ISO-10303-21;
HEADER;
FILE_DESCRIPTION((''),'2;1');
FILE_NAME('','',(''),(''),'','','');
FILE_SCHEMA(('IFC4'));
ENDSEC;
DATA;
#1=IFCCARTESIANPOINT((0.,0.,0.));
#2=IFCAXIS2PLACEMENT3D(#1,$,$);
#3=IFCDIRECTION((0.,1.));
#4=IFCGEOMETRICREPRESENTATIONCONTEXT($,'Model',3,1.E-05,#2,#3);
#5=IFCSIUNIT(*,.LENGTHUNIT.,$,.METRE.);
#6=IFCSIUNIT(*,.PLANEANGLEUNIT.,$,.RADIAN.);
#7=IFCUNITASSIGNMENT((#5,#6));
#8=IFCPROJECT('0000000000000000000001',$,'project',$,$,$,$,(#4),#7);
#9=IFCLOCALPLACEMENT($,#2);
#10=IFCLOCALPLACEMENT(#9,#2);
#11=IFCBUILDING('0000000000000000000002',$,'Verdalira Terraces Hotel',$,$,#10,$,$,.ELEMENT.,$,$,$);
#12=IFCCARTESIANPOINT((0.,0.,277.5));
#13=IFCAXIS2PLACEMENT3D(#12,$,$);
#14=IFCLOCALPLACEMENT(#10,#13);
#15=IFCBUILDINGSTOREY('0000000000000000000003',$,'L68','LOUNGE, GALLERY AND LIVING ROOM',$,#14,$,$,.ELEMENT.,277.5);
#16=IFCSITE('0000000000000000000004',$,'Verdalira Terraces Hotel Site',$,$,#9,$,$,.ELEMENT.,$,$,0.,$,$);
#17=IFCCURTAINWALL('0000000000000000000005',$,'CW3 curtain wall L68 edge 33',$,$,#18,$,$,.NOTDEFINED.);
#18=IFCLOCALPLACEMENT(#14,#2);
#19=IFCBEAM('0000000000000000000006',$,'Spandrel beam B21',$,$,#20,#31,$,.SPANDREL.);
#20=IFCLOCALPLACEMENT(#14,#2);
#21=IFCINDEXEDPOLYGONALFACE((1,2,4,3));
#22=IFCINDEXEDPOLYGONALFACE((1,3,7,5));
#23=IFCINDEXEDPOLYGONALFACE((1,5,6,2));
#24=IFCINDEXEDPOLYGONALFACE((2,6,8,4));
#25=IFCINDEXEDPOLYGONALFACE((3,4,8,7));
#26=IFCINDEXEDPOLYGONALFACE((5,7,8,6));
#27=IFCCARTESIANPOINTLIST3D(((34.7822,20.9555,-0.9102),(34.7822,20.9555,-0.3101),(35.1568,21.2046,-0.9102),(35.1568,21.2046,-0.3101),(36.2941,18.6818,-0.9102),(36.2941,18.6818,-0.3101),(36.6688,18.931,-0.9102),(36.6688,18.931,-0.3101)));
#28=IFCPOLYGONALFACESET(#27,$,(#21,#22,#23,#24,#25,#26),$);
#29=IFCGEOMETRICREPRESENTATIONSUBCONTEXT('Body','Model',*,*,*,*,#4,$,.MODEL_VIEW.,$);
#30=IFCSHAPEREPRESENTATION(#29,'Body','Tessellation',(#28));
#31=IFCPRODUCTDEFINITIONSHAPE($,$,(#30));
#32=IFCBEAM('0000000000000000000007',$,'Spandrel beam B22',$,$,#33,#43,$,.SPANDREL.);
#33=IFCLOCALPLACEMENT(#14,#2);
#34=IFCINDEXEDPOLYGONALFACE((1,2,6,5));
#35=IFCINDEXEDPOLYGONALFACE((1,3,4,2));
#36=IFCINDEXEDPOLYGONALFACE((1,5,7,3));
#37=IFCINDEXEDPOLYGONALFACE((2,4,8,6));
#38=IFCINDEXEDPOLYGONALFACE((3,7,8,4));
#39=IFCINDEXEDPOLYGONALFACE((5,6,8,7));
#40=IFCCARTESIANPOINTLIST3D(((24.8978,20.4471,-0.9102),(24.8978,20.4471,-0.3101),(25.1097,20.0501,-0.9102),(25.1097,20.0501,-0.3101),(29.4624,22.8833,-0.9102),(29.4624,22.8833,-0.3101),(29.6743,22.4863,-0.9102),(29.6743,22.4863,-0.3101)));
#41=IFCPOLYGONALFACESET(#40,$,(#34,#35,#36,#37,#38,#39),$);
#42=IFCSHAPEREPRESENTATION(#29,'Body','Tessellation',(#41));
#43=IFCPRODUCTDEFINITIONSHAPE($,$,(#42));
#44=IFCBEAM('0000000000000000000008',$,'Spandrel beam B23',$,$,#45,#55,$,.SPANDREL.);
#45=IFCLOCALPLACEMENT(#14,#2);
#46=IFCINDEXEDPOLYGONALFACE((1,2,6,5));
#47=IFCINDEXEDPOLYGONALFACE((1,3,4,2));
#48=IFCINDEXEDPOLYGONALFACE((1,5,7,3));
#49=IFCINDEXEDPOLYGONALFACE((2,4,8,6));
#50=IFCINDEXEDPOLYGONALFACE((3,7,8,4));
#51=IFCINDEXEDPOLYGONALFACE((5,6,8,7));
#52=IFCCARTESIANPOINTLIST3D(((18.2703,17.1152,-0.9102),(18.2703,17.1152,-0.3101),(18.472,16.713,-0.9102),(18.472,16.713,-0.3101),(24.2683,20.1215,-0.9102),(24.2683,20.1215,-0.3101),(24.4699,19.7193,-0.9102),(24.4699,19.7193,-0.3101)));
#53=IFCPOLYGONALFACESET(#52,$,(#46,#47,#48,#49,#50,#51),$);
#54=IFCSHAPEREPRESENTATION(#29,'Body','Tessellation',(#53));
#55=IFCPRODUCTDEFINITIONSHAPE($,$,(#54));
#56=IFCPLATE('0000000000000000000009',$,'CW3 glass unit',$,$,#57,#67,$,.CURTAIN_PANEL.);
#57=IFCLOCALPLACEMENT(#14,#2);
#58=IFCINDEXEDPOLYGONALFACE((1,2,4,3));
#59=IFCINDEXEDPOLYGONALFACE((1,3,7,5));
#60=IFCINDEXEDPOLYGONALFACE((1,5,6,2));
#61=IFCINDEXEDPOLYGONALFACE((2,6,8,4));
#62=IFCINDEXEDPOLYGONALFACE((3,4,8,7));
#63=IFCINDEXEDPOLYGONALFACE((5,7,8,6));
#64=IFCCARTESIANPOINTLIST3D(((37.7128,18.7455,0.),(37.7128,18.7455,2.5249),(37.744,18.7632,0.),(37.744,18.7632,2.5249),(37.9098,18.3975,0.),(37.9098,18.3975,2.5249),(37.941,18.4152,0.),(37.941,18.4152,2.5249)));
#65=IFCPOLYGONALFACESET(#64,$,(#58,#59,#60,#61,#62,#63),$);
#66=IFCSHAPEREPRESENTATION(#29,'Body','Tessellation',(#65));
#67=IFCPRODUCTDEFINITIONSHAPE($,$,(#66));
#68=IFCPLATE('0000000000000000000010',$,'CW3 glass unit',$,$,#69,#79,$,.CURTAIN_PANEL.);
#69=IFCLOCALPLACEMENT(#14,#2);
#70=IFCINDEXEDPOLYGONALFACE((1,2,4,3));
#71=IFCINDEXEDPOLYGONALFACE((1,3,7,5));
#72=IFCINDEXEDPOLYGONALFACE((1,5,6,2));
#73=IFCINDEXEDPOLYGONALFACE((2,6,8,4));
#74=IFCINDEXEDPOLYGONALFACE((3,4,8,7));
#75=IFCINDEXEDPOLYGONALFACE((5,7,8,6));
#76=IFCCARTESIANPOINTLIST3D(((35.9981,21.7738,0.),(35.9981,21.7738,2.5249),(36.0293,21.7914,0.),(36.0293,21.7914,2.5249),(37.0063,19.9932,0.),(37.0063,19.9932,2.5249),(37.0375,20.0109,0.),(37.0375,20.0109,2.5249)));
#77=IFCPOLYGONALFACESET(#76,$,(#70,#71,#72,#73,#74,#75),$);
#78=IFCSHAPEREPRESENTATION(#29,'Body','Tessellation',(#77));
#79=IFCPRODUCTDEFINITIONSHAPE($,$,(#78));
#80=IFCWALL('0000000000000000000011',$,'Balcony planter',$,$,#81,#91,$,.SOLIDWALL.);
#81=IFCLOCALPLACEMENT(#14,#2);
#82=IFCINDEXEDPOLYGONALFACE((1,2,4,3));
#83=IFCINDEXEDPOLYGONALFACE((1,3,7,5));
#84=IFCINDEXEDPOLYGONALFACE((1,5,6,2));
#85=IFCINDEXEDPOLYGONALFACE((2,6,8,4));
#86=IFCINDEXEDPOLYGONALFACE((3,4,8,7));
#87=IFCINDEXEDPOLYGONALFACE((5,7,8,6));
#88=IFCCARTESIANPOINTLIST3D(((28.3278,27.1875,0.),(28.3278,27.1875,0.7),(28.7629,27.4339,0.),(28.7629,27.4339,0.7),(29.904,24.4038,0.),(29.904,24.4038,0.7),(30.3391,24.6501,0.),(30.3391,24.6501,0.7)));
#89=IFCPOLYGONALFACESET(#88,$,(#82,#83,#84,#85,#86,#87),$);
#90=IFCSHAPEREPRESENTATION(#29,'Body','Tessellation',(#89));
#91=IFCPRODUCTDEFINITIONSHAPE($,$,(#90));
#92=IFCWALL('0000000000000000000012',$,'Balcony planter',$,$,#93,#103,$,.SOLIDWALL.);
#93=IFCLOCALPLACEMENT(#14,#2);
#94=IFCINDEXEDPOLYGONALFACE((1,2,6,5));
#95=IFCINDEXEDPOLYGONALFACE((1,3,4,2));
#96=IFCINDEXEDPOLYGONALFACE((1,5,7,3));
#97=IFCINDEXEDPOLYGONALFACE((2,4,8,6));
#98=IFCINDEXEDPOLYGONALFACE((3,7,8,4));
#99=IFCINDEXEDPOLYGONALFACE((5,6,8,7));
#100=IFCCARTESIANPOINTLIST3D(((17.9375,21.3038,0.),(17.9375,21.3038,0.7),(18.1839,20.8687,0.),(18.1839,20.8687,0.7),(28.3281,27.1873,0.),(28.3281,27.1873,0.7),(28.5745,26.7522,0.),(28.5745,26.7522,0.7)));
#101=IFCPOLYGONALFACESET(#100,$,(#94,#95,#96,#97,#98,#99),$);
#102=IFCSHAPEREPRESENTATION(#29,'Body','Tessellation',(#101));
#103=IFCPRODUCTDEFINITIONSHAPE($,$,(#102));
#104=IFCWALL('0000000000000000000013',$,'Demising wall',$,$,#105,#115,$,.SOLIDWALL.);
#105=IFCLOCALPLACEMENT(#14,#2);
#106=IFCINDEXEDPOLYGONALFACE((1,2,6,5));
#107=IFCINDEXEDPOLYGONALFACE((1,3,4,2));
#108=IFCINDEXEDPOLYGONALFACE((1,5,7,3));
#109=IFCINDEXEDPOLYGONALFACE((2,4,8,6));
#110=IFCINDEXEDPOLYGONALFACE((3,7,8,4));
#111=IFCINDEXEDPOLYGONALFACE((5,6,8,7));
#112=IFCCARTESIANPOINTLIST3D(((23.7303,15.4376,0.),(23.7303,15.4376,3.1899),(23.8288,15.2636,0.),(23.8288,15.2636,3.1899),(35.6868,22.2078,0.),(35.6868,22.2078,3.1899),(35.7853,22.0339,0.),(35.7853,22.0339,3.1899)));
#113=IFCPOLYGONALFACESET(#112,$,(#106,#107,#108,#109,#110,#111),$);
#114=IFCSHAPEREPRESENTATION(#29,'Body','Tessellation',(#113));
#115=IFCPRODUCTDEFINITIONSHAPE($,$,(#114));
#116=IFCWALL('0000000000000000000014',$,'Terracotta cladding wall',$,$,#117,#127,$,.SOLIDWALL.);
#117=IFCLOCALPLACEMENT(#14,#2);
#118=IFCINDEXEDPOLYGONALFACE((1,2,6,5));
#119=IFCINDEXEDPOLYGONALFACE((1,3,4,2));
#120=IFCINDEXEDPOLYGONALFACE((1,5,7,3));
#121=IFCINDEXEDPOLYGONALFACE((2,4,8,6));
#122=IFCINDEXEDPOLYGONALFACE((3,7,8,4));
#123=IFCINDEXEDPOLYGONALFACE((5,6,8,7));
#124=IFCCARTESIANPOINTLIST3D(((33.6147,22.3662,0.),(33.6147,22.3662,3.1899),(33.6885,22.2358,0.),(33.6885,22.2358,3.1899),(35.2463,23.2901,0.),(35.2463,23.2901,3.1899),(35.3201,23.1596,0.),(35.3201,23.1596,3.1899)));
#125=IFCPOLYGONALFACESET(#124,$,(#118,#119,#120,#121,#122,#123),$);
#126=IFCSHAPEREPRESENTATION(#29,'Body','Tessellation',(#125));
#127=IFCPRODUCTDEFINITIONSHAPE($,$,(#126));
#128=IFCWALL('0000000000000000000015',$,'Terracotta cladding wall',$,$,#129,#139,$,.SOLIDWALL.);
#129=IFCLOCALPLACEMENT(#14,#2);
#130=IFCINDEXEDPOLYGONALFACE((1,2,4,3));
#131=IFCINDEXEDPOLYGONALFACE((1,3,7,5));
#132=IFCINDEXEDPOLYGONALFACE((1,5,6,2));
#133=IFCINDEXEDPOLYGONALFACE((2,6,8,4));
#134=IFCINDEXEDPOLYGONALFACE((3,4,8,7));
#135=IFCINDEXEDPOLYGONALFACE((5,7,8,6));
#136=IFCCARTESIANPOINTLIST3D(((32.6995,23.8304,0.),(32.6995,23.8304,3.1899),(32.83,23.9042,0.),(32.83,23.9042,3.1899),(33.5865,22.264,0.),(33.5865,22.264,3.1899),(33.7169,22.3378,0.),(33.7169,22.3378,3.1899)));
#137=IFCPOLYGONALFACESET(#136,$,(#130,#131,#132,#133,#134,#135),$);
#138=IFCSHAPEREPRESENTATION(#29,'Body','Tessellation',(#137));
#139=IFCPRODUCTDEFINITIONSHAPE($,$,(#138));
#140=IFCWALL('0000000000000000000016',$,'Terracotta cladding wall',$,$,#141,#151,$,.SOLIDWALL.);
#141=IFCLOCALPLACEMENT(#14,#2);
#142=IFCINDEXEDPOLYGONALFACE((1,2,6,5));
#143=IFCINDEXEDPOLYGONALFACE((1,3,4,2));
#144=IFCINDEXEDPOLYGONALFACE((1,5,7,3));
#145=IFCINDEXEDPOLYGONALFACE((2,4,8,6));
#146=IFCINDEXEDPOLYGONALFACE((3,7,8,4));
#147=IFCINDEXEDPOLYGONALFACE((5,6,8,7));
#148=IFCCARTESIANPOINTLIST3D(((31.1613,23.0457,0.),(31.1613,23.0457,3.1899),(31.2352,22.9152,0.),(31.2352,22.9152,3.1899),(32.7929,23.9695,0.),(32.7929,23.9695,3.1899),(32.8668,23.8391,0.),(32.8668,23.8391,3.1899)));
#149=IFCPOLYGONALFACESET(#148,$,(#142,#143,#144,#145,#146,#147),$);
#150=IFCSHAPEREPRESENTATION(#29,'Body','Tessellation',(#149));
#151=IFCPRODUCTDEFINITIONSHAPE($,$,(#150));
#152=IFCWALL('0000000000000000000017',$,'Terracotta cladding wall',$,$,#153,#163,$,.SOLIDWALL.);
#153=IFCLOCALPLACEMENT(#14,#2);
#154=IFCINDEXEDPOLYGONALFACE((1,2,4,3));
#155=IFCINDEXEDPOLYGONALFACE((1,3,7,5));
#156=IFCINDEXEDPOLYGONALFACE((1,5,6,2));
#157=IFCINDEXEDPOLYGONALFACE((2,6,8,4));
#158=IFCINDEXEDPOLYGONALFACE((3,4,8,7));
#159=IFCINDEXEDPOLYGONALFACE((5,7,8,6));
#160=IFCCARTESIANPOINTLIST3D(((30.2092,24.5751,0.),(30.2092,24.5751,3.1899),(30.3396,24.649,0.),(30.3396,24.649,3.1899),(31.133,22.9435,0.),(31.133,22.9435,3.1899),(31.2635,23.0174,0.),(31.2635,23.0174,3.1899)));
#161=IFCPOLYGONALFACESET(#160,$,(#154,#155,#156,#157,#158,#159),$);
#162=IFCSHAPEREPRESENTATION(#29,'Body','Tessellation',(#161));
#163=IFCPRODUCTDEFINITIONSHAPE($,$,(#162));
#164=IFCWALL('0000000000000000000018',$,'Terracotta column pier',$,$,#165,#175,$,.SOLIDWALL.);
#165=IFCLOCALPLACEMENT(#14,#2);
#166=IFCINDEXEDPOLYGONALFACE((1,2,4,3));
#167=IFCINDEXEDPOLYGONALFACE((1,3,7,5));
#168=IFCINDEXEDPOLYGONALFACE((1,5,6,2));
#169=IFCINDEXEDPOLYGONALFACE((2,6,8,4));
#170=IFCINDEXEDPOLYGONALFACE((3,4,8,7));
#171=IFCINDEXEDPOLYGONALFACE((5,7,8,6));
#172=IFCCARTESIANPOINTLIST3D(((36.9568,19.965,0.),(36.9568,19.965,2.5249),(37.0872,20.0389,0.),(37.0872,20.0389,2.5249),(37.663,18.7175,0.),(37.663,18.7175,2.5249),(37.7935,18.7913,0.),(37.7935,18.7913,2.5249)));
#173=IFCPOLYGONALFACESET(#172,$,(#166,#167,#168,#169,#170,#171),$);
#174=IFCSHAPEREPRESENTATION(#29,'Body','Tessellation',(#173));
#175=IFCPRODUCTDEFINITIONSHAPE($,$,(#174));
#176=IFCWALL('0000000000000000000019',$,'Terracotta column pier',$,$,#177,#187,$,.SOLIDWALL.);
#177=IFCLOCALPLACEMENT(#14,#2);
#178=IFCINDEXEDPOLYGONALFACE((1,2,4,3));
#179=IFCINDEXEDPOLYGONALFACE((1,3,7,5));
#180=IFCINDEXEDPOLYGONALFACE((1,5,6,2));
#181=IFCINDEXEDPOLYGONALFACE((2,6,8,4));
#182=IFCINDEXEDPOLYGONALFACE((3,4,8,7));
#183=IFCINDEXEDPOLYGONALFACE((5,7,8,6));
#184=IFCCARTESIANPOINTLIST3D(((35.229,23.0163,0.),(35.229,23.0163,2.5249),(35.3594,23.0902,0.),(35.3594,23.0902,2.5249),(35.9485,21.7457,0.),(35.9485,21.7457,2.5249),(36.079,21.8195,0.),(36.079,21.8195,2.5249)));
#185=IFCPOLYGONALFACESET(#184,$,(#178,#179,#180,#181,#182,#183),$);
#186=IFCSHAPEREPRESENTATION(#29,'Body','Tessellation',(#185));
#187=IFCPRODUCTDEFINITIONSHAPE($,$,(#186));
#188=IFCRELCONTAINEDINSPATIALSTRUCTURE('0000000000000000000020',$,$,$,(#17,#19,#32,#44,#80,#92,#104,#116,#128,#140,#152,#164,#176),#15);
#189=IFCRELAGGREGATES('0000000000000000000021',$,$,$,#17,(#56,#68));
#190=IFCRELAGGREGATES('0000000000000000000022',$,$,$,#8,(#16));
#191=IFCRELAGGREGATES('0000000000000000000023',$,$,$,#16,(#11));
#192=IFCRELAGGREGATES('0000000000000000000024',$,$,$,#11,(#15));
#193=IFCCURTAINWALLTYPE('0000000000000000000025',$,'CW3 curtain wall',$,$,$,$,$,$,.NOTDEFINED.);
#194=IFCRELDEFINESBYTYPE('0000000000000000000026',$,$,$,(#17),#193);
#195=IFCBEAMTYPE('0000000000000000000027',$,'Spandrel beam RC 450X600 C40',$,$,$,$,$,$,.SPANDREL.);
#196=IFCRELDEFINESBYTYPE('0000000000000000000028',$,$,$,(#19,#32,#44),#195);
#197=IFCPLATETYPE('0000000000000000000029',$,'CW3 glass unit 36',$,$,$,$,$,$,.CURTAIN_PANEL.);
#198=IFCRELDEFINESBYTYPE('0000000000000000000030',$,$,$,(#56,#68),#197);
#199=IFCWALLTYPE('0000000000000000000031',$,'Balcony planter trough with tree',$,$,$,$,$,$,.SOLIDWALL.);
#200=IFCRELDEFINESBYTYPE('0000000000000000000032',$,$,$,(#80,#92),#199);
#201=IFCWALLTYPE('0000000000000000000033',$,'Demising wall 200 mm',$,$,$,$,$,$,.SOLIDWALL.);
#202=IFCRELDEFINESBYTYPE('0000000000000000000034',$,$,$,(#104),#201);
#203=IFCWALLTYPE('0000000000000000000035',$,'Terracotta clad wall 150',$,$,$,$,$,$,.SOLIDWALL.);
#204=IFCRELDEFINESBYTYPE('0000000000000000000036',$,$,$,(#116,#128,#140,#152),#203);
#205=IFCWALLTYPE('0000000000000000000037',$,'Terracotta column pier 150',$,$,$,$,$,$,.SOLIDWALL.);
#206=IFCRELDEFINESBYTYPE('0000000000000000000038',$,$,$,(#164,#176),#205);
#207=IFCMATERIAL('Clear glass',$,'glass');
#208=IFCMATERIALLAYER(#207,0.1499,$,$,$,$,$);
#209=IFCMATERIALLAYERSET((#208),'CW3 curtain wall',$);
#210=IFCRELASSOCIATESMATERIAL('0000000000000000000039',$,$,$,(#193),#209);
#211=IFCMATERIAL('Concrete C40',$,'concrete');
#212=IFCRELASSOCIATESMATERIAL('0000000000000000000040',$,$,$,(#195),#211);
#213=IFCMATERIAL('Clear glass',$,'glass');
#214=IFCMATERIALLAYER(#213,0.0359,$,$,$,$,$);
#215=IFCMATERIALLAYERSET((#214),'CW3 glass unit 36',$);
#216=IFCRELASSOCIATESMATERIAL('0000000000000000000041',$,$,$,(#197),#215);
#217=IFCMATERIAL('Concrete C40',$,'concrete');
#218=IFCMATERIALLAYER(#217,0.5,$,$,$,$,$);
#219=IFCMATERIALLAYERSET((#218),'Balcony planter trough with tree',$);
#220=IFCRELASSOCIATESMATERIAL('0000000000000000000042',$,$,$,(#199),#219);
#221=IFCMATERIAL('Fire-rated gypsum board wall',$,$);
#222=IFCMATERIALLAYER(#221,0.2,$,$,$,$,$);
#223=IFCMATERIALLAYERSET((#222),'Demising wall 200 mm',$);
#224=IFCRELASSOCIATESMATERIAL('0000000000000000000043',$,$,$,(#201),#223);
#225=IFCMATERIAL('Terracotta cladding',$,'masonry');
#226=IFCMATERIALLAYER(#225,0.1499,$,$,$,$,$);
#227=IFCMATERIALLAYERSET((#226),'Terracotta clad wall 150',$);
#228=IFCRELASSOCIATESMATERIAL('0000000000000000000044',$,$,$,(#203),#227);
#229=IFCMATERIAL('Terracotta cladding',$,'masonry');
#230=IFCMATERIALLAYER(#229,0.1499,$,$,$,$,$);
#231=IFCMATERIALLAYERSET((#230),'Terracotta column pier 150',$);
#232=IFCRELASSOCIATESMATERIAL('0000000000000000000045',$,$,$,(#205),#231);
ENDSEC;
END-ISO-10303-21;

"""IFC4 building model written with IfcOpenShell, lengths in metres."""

from ifc_helpers import new_model, si_unit, direction, frame, frame_2d, origin, origin_2d, place, context, subcontext, project, spatial, rectangle, extrude, material, layer, layer_set, material_profile, profile_set, type_object, element, aggregate, save


model = new_model("IFC4")

# Units and contexts
model_context = context("Model", 3, precision=1e-05, world=origin(), true_north=direction((0.0, 1.0)))
body_context = subcontext(model_context, "Body", "Model", "MODEL_VIEW")
ifc_project = project(units=[si_unit("LENGTHUNIT", "METRE"), si_unit("PLANEANGLEUNIT", "RADIAN")], contexts=[model_context])

# Site, building, storey
site_placement = place(None, origin())
site = spatial("IfcSite", under=ifc_project, at=site_placement, Name="Verdalira Terraces Hotel Site", CompositionType="ELEMENT", RefElevation=0.0)
building_placement = place(site_placement, origin())
building = spatial("IfcBuilding", under=site, at=building_placement, Name="Verdalira Terraces Hotel", CompositionType="ELEMENT")
storey_placement = place(building_placement, frame((0.0, 0.0, 277.5)))
storey = spatial("IfcBuildingStorey", under=building, at=storey_placement, Name="L68", Description="LOUNGE, GALLERY AND LIVING ROOM", CompositionType="ELEMENT", Elevation=277.5)

# Curtain wall
ifc_material_1 = material(Name="Clear glass", Category="glass")
ifc_layer_1 = layer(ifc_material_1, 0.1499)
ifc_layer_set_1 = layer_set([ifc_layer_1], Name="CW3 curtain wall")
curtain_wall_type_1 = type_object("IfcCurtainWallType", Name="CW3 curtain wall", PredefinedType="NOTDEFINED", material=ifc_layer_set_1)
curtain_wall_1_placement = place(storey_placement, origin())
curtain_wall_1 = element("IfcCurtainWall", 1, at=curtain_wall_1_placement, inside=storey, type_object=curtain_wall_type_1, Name="CW3 curtain wall L68 edge 33", PredefinedType="NOTDEFINED")

# Beams
ifc_material_2 = material(Name="Concrete C40", Category="concrete")
ifc_material_profile_1 = material_profile(ifc_material_2, rectangle(XDim=0.45, YDim=0.6001, at=origin_2d()), Name="RC 450X600")
ifc_profile_set_1 = profile_set([ifc_material_profile_1], Name="Concrete C40")
beam_type_1 = type_object("IfcBeamType", Name="Spandrel beam RC 450X600 C40", PredefinedType="SPANDREL", material=ifc_profile_set_1)
beam_1_placement = place(storey_placement, frame((36.4814, 18.8064, -0.6101), z_axis=(-0.55373, 0.832696, 0.0), x_axis=(-0.832696, -0.55373, 0.0)))
element("IfcBeam", 2, at=beam_1_placement, inside=storey, type_object=beam_type_1, Name="Spandrel beam B21", PredefinedType="SPANDREL", context=body_context, shape_type="SweptSolid", body=[
    extrude(rectangle(XDim=0.45, YDim=0.6001, at=origin_2d()), origin(), (0.0, 0.0, 1.0), 2.7305),
])
beam_2_placement = place(storey_placement, frame((29.5684, 22.6848, -0.6101), z_axis=(-0.882211, -0.470855, 0.0), x_axis=(0.470855, -0.882211, 0.0)))
element("IfcBeam", 3, at=beam_2_placement, inside=storey, type_object=beam_type_1, Name="Spandrel beam B22", PredefinedType="SPANDREL", context=body_context, shape_type="SweptSolid", body=[
    extrude(rectangle(XDim=0.45, YDim=0.6001, at=origin_2d()), origin(), (0.0, 0.0, 1.0), 5.1741),
])
beam_3_placement = place(storey_placement, frame((24.3691, 19.9204, -0.6101), z_axis=(-0.89399, -0.448087, 0.0), x_axis=(0.448087, -0.89399, 0.0)))
element("IfcBeam", 4, at=beam_3_placement, inside=storey, type_object=beam_type_1, Name="Spandrel beam B23", PredefinedType="SPANDREL", context=body_context, shape_type="SweptSolid", body=[
    extrude(rectangle(XDim=0.45, YDim=0.6001, at=origin_2d()), origin(), (0.0, 0.0, 1.0), 6.7092),
])

# Plates
ifc_material_3 = material(Name="Clear glass", Category="glass")
ifc_layer_2 = layer(ifc_material_3, 0.0359)
ifc_layer_set_2 = layer_set([ifc_layer_2], Name="CW3 glass unit 36")
plate_type = type_object("IfcPlateType", Name="CW3 glass unit 36", PredefinedType="CURTAIN_PANEL", material=ifc_layer_set_2)
plate_1_placement = place(storey_placement, frame((37.8269, 18.5803, 0.0), z_axis=(0.0, 0.0, 1.0), x_axis=(-0.492727, 0.870184, 0.0)))
plate_1 = element("IfcPlate", 5, at=plate_1_placement, type_object=plate_type, Name="CW3 glass unit", PredefinedType="CURTAIN_PANEL", context=body_context, shape_type="SweptSolid", body=[
    extrude(rectangle(XDim=0.3999, YDim=0.0359, at=origin_2d()), origin(), (0.0, 0.0, 1.0), 2.5249),
])
plate_2_placement = place(storey_placement, frame((36.5178, 20.8923, 0.0), z_axis=(0.0, 0.0, 1.0), x_axis=(-0.492727, 0.870184, 0.0)))
plate_2 = element("IfcPlate", 6, at=plate_2_placement, type_object=plate_type, Name="CW3 glass unit", PredefinedType="CURTAIN_PANEL", context=body_context, shape_type="SweptSolid", body=[
    extrude(rectangle(XDim=2.0461, YDim=0.0359, at=origin_2d()), origin(), (0.0, 0.0, 1.0), 2.5249),
])
aggregate(curtain_wall_1, [plate_1, plate_2])

# Walls
ifc_material_4 = material(Name="Concrete C40", Category="concrete")
ifc_layer_3 = layer(ifc_material_4, 0.5)
ifc_layer_set_3 = layer_set([ifc_layer_3], Name="Balcony planter trough with tree")
wall_type_1 = type_object("IfcWallType", Name="Balcony planter trough with tree", PredefinedType="SOLIDWALL", material=ifc_layer_set_3)
wall_1_placement = place(storey_placement, frame((30.1216, 24.5269, 0.0), z_axis=(0.0, 0.0, 1.0), x_axis=(-0.492716, 0.87019, 0.0)))
element("IfcWall", 7, at=wall_1_placement, inside=storey, type_object=wall_type_1, Name="Balcony planter", PredefinedType="SOLIDWALL", context=body_context, shape_type="SweptSolid", body=[
    extrude(rectangle(XDim=3.199, YDim=0.5, at=frame_2d((1.5996, 0.0))), origin(), (0.0, 0.0, 1.0), 0.7),
])
wall_2_placement = place(storey_placement, frame((28.4512, 26.9697, 0.0), z_axis=(0.0, 0.0, 1.0), x_axis=(-0.870183, -0.492729, 0.0)))
element("IfcWall", 8, at=wall_2_placement, inside=storey, type_object=wall_type_1, Name="Balcony planter", PredefinedType="SOLIDWALL", context=body_context, shape_type="SweptSolid", body=[
    extrude(rectangle(XDim=11.9407, YDim=0.5, at=frame_2d((5.9702, 0.0))), origin(), (0.0, 0.0, 1.0), 0.7),
])
ifc_material_5 = material(Name="Fire-rated gypsum board wall")
ifc_layer_4 = layer(ifc_material_5, 0.2)
ifc_layer_set_4 = layer_set([ifc_layer_4], Name="Demising wall 200 mm")
wall_type_2 = type_object("IfcWallType", Name="Demising wall 200 mm", PredefinedType="SOLIDWALL", material=ifc_layer_set_4)
wall_3_placement = place(storey_placement, frame((35.7361, 22.1209, 0.0), z_axis=(0.0, 0.0, 1.0), x_axis=(-0.870182, -0.492731, 0.0)))
element("IfcWall", 9, at=wall_3_placement, inside=storey, type_object=wall_type_2, Name="Demising wall", PredefinedType="SOLIDWALL", context=body_context, shape_type="SweptSolid", body=[
    extrude(rectangle(XDim=13.7402, YDim=0.2, at=frame_2d((6.8701, 0.0))), origin(), (0.0, 0.0, 1.0), 3.1899),
])
ifc_material_6 = material(Name="Terracotta cladding", Category="masonry")
ifc_layer_5 = layer(ifc_material_6, 0.1499)
ifc_layer_set_5 = layer_set([ifc_layer_5], Name="Terracotta clad wall 150")
wall_type_3 = type_object("IfcWallType", Name="Terracotta clad wall 150", PredefinedType="SOLIDWALL", material=ifc_layer_set_5)
wall_4_placement = place(storey_placement, frame((35.2832, 23.2249, 0.0), z_axis=(0.0, 0.0, 1.0), x_axis=(-0.870192, -0.492714, 0.0)))
element("IfcWall", 10, at=wall_4_placement, inside=storey, type_object=wall_type_3, Name="Terracotta cladding wall", PredefinedType="SOLIDWALL", context=body_context, shape_type="SweptSolid", body=[
    extrude(rectangle(XDim=1.875, YDim=0.1499, at=frame_2d((0.9375, 0.0))), origin(), (0.0, 0.0, 1.0), 3.1899),
])
wall_5_placement = place(storey_placement, frame((33.6516, 22.301, 0.0), z_axis=(0.0, 0.0, 1.0), x_axis=(-0.492732, 0.870181, 0.0)))
element("IfcWall", 11, at=wall_5_placement, inside=storey, type_object=wall_type_3, Name="Terracotta cladding wall", PredefinedType="SOLIDWALL", context=body_context, shape_type="SweptSolid", body=[
    extrude(rectangle(XDim=1.8, YDim=0.1499, at=frame_2d((0.8999, 0.0))), origin(), (0.0, 0.0, 1.0), 3.1899),
])
for number, where, z_axis, x_axis, name in (
    (12, (32.8298, 23.9043, 0.0), (0.0, 0.0, 1.0), (-0.870192, -0.492714, 0.0), "Terracotta cladding wall"),
    (13, (31.1982, 22.9805, 0.0), (0.0, 0.0, 1.0), (-0.492714, 0.870192, 0.0), "Terracotta cladding wall"),
):
    element("IfcWall", number, at=place(storey_placement, frame(where, z_axis=z_axis, x_axis=x_axis)), inside=storey, type_object=wall_type_3, Name=name, PredefinedType="SOLIDWALL", context=body_context, shape_type="SweptSolid", body=[
        extrude(rectangle(XDim=1.875, YDim=0.1499, at=frame_2d((0.9375, 0.0))), origin(), (0.0, 0.0, 1.0), 3.1899),
    ])
ifc_material_7 = material(Name="Terracotta cladding", Category="masonry")
ifc_layer_6 = layer(ifc_material_7, 0.1499)
ifc_layer_set_6 = layer_set([ifc_layer_6], Name="Terracotta column pier 150")
wall_type_4 = type_object("IfcWallType", Name="Terracotta column pier 150", PredefinedType="SOLIDWALL", material=ifc_layer_set_6)
wall_6_placement = place(storey_placement, frame((37.7283, 18.7544, 0.0), z_axis=(0.0, 0.0, 1.0), x_axis=(-0.492669, 0.870217, 0.0)))
element("IfcWall", 14, at=wall_6_placement, inside=storey, type_object=wall_type_4, Name="Terracotta column pier", PredefinedType="SOLIDWALL", context=body_context, shape_type="SweptSolid", body=[
    extrude(rectangle(XDim=1.4336, YDim=0.1499, at=frame_2d((0.7168, 0.0))), origin(), (0.0, 0.0, 1.0), 2.5249),
])
wall_7_placement = place(storey_placement, frame((36.0137, 21.7827, 0.0), z_axis=(0.0, 0.0, 1.0), x_axis=(-0.492768, 0.870161, 0.0)))
element("IfcWall", 15, at=wall_7_placement, inside=storey, type_object=wall_type_4, Name="Terracotta column pier", PredefinedType="SOLIDWALL", context=body_context, shape_type="SweptSolid", body=[
    extrude(rectangle(XDim=1.4602, YDim=0.1499, at=frame_2d((0.73, 0.0))), origin(), (0.0, 0.0, 1.0), 2.5249),
])

save(model, "model.ifc")
